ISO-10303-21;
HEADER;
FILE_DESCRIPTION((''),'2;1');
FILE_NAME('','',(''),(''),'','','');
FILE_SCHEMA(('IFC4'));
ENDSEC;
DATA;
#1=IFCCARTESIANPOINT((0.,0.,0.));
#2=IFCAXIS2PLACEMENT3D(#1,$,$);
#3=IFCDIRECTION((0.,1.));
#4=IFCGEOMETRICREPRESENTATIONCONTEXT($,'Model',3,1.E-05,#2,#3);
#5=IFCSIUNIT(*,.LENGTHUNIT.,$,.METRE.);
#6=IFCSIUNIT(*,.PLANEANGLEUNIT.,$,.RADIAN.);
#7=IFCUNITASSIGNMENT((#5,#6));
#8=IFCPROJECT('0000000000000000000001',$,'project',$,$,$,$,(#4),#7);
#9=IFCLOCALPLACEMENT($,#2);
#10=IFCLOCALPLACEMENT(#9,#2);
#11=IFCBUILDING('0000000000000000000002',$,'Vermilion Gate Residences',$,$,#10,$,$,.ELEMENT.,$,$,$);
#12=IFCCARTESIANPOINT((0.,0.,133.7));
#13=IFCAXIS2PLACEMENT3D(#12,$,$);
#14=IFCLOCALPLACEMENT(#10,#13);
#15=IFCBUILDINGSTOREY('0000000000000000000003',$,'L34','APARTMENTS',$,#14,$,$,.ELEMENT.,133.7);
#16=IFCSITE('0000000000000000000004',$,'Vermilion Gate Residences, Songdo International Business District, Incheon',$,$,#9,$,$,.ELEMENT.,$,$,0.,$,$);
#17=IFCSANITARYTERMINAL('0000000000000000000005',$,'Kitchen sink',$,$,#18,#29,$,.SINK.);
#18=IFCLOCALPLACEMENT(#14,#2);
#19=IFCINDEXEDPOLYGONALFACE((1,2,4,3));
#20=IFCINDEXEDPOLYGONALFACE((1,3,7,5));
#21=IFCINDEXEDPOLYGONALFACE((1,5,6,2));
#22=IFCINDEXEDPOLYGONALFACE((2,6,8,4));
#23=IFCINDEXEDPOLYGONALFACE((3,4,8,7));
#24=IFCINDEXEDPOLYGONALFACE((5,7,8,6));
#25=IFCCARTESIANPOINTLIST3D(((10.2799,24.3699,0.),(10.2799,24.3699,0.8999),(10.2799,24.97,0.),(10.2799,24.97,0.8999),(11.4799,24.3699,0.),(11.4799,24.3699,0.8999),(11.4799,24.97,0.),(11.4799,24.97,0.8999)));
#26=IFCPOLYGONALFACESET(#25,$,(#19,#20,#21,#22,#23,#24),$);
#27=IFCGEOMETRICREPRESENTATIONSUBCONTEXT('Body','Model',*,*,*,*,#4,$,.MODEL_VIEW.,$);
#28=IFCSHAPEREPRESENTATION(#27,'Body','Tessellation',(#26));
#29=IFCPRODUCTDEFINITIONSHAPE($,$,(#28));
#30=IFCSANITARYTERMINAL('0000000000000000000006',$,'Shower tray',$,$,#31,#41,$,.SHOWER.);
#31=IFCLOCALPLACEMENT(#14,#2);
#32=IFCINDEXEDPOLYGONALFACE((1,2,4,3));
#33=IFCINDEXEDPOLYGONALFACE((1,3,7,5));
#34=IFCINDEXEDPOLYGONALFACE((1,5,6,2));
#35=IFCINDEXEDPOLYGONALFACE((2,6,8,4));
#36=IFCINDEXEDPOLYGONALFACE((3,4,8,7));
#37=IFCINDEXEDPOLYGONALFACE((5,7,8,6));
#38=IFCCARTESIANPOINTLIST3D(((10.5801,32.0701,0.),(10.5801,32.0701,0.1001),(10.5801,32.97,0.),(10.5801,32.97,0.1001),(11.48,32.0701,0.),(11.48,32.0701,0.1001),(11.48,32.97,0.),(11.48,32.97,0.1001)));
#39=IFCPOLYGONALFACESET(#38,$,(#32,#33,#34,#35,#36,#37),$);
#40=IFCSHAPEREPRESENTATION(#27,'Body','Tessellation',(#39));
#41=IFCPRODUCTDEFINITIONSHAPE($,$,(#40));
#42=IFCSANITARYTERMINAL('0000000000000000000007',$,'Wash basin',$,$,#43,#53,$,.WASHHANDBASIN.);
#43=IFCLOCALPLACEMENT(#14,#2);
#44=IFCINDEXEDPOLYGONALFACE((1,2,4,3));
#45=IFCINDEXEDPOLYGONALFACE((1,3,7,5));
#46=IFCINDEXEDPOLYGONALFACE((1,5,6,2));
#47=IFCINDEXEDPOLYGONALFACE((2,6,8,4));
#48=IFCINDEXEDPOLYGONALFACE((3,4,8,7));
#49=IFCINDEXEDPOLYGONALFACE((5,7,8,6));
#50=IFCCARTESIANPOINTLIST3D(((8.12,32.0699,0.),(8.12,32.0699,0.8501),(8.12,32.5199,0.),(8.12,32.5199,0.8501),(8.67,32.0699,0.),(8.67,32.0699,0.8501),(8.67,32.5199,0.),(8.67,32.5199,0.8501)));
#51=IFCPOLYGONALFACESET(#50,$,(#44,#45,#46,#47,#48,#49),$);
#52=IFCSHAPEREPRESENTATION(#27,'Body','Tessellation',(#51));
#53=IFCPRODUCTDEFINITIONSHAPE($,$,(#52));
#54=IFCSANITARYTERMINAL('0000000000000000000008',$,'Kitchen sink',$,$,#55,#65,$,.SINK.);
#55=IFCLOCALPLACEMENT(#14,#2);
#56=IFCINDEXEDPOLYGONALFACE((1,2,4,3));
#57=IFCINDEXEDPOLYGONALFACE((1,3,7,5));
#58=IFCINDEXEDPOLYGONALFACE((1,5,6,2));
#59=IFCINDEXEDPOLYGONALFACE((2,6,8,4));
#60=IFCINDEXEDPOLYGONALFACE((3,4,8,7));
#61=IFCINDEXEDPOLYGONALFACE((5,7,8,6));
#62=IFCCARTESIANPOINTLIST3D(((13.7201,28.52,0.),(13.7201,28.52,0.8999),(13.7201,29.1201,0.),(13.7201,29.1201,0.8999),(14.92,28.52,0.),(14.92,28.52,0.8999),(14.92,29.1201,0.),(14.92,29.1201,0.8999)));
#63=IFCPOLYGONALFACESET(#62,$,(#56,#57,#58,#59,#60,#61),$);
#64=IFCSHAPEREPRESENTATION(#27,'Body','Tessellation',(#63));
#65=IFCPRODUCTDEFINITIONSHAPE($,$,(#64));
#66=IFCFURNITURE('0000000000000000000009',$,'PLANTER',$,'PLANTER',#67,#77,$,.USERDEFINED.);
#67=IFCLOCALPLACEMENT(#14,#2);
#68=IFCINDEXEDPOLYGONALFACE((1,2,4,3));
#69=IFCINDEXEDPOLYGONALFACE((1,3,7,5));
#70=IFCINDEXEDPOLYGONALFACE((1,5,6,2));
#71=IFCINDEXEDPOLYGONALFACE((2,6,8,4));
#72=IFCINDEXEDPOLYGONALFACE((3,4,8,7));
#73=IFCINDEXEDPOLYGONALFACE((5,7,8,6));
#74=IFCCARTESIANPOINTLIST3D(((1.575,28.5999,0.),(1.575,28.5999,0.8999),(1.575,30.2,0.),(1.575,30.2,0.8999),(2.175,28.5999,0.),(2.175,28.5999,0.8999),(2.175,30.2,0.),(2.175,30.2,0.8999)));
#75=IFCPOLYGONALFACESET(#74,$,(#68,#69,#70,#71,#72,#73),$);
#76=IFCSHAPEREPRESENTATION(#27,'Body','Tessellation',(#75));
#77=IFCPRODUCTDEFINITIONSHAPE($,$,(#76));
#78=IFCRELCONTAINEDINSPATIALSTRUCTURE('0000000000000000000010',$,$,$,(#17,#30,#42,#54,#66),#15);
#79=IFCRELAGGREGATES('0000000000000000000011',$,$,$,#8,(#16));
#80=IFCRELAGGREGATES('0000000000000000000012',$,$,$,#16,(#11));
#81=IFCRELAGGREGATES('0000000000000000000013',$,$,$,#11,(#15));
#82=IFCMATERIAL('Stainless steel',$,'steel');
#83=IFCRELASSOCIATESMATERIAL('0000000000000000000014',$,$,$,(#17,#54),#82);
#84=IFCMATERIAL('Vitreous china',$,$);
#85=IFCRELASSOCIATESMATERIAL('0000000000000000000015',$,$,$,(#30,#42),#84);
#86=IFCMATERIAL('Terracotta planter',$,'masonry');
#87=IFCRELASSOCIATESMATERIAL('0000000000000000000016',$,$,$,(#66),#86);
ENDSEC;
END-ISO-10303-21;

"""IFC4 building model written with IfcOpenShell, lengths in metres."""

from ifc_helpers import new_model, si_unit, direction, frame, origin, origin_2d, place, context, subcontext, project, spatial, rectangle, extrude, material, element, save


model = new_model("IFC4")

# Units and contexts
model_context = context("Model", 3, precision=1e-05, world=origin(), true_north=direction((0.0, 1.0)))
body_context = subcontext(model_context, "Body", "Model", "MODEL_VIEW")
ifc_project = project(units=[si_unit("LENGTHUNIT", "METRE"), si_unit("PLANEANGLEUNIT", "RADIAN")], contexts=[model_context])

# Site, building, storey
site_placement = place(None, origin())
site = spatial("IfcSite", under=ifc_project, at=site_placement, Name="Vermilion Gate Residences, Songdo International Business District, Incheon", CompositionType="ELEMENT", RefElevation=0.0)
building_placement = place(site_placement, origin())
building = spatial("IfcBuilding", under=site, at=building_placement, Name="Vermilion Gate Residences", CompositionType="ELEMENT")
storey_placement = place(building_placement, frame((0.0, 0.0, 133.7)))
storey = spatial("IfcBuildingStorey", under=building, at=storey_placement, Name="L34", Description="APARTMENTS", CompositionType="ELEMENT", Elevation=133.7)

# Sanitary terminals
ifc_material_1 = material(Name="Stainless steel", Category="steel")
sanitary_terminal_1_placement = place(storey_placement, frame((10.8799, 24.6699, 0.0), z_axis=(0.0, 0.0, 1.0), x_axis=(1.0, 0.0, 0.0)))
element("IfcSanitaryTerminal", 1, at=sanitary_terminal_1_placement, inside=storey, material=ifc_material_1, Name="Kitchen sink", PredefinedType="SINK", context=body_context, shape_type="SweptSolid", body=[
    extrude(rectangle(XDim=1.2, YDim=0.6001, at=origin_2d()), origin(), (0.0, 0.0, 1.0), 0.8999),
])
ifc_material_2 = material(Name="Vitreous china")
sanitary_terminal_2_placement = place(storey_placement, frame((11.03, 32.52, 0.0), z_axis=(0.0, 0.0, 1.0), x_axis=(1.0, 0.0, 0.0)))
element("IfcSanitaryTerminal", 2, at=sanitary_terminal_2_placement, inside=storey, material=ifc_material_2, Name="Shower tray", PredefinedType="SHOWER", context=body_context, shape_type="SweptSolid", body=[
    extrude(rectangle(XDim=0.8999, YDim=0.8999, at=origin_2d()), origin(), (0.0, 0.0, 1.0), 0.1001),
])
sanitary_terminal_3_placement = place(storey_placement, frame((8.395, 32.2949, 0.0), z_axis=(0.0, 0.0, 1.0), x_axis=(1.0, 0.0, 0.0)))
element("IfcSanitaryTerminal", 3, at=sanitary_terminal_3_placement, inside=storey, material=ifc_material_2, Name="Wash basin", PredefinedType="WASHHANDBASIN", context=body_context, shape_type="SweptSolid", body=[
    extrude(rectangle(XDim=0.55, YDim=0.45, at=origin_2d()), origin(), (0.0, 0.0, 1.0), 0.8501),
])
sanitary_terminal_4_placement = place(storey_placement, frame((14.3201, 28.8201, 0.0), z_axis=(0.0, 0.0, 1.0), x_axis=(1.0, 0.0, 0.0)))
element("IfcSanitaryTerminal", 4, at=sanitary_terminal_4_placement, inside=storey, material=ifc_material_1, Name="Kitchen sink", PredefinedType="SINK", context=body_context, shape_type="SweptSolid", body=[
    extrude(rectangle(XDim=1.2, YDim=0.6001, at=origin_2d()), origin(), (0.0, 0.0, 1.0), 0.8999),
])

# Furniture
ifc_material_3 = material(Name="Terracotta planter", Category="masonry")
furniture_placement = place(storey_placement, frame((1.875, 29.3999, 0.0), z_axis=(0.0, 0.0, 1.0), x_axis=(0.0, -1.0, 0.0)))
element("IfcFurniture", 5, at=furniture_placement, inside=storey, material=ifc_material_3, Name="PLANTER", ObjectType="PLANTER", PredefinedType="USERDEFINED", context=body_context, shape_type="SweptSolid", body=[
    extrude(rectangle(XDim=1.6001, YDim=0.6001, at=origin_2d()), origin(), (0.0, 0.0, 1.0), 0.8999),
])

save(model, "model.ifc")
